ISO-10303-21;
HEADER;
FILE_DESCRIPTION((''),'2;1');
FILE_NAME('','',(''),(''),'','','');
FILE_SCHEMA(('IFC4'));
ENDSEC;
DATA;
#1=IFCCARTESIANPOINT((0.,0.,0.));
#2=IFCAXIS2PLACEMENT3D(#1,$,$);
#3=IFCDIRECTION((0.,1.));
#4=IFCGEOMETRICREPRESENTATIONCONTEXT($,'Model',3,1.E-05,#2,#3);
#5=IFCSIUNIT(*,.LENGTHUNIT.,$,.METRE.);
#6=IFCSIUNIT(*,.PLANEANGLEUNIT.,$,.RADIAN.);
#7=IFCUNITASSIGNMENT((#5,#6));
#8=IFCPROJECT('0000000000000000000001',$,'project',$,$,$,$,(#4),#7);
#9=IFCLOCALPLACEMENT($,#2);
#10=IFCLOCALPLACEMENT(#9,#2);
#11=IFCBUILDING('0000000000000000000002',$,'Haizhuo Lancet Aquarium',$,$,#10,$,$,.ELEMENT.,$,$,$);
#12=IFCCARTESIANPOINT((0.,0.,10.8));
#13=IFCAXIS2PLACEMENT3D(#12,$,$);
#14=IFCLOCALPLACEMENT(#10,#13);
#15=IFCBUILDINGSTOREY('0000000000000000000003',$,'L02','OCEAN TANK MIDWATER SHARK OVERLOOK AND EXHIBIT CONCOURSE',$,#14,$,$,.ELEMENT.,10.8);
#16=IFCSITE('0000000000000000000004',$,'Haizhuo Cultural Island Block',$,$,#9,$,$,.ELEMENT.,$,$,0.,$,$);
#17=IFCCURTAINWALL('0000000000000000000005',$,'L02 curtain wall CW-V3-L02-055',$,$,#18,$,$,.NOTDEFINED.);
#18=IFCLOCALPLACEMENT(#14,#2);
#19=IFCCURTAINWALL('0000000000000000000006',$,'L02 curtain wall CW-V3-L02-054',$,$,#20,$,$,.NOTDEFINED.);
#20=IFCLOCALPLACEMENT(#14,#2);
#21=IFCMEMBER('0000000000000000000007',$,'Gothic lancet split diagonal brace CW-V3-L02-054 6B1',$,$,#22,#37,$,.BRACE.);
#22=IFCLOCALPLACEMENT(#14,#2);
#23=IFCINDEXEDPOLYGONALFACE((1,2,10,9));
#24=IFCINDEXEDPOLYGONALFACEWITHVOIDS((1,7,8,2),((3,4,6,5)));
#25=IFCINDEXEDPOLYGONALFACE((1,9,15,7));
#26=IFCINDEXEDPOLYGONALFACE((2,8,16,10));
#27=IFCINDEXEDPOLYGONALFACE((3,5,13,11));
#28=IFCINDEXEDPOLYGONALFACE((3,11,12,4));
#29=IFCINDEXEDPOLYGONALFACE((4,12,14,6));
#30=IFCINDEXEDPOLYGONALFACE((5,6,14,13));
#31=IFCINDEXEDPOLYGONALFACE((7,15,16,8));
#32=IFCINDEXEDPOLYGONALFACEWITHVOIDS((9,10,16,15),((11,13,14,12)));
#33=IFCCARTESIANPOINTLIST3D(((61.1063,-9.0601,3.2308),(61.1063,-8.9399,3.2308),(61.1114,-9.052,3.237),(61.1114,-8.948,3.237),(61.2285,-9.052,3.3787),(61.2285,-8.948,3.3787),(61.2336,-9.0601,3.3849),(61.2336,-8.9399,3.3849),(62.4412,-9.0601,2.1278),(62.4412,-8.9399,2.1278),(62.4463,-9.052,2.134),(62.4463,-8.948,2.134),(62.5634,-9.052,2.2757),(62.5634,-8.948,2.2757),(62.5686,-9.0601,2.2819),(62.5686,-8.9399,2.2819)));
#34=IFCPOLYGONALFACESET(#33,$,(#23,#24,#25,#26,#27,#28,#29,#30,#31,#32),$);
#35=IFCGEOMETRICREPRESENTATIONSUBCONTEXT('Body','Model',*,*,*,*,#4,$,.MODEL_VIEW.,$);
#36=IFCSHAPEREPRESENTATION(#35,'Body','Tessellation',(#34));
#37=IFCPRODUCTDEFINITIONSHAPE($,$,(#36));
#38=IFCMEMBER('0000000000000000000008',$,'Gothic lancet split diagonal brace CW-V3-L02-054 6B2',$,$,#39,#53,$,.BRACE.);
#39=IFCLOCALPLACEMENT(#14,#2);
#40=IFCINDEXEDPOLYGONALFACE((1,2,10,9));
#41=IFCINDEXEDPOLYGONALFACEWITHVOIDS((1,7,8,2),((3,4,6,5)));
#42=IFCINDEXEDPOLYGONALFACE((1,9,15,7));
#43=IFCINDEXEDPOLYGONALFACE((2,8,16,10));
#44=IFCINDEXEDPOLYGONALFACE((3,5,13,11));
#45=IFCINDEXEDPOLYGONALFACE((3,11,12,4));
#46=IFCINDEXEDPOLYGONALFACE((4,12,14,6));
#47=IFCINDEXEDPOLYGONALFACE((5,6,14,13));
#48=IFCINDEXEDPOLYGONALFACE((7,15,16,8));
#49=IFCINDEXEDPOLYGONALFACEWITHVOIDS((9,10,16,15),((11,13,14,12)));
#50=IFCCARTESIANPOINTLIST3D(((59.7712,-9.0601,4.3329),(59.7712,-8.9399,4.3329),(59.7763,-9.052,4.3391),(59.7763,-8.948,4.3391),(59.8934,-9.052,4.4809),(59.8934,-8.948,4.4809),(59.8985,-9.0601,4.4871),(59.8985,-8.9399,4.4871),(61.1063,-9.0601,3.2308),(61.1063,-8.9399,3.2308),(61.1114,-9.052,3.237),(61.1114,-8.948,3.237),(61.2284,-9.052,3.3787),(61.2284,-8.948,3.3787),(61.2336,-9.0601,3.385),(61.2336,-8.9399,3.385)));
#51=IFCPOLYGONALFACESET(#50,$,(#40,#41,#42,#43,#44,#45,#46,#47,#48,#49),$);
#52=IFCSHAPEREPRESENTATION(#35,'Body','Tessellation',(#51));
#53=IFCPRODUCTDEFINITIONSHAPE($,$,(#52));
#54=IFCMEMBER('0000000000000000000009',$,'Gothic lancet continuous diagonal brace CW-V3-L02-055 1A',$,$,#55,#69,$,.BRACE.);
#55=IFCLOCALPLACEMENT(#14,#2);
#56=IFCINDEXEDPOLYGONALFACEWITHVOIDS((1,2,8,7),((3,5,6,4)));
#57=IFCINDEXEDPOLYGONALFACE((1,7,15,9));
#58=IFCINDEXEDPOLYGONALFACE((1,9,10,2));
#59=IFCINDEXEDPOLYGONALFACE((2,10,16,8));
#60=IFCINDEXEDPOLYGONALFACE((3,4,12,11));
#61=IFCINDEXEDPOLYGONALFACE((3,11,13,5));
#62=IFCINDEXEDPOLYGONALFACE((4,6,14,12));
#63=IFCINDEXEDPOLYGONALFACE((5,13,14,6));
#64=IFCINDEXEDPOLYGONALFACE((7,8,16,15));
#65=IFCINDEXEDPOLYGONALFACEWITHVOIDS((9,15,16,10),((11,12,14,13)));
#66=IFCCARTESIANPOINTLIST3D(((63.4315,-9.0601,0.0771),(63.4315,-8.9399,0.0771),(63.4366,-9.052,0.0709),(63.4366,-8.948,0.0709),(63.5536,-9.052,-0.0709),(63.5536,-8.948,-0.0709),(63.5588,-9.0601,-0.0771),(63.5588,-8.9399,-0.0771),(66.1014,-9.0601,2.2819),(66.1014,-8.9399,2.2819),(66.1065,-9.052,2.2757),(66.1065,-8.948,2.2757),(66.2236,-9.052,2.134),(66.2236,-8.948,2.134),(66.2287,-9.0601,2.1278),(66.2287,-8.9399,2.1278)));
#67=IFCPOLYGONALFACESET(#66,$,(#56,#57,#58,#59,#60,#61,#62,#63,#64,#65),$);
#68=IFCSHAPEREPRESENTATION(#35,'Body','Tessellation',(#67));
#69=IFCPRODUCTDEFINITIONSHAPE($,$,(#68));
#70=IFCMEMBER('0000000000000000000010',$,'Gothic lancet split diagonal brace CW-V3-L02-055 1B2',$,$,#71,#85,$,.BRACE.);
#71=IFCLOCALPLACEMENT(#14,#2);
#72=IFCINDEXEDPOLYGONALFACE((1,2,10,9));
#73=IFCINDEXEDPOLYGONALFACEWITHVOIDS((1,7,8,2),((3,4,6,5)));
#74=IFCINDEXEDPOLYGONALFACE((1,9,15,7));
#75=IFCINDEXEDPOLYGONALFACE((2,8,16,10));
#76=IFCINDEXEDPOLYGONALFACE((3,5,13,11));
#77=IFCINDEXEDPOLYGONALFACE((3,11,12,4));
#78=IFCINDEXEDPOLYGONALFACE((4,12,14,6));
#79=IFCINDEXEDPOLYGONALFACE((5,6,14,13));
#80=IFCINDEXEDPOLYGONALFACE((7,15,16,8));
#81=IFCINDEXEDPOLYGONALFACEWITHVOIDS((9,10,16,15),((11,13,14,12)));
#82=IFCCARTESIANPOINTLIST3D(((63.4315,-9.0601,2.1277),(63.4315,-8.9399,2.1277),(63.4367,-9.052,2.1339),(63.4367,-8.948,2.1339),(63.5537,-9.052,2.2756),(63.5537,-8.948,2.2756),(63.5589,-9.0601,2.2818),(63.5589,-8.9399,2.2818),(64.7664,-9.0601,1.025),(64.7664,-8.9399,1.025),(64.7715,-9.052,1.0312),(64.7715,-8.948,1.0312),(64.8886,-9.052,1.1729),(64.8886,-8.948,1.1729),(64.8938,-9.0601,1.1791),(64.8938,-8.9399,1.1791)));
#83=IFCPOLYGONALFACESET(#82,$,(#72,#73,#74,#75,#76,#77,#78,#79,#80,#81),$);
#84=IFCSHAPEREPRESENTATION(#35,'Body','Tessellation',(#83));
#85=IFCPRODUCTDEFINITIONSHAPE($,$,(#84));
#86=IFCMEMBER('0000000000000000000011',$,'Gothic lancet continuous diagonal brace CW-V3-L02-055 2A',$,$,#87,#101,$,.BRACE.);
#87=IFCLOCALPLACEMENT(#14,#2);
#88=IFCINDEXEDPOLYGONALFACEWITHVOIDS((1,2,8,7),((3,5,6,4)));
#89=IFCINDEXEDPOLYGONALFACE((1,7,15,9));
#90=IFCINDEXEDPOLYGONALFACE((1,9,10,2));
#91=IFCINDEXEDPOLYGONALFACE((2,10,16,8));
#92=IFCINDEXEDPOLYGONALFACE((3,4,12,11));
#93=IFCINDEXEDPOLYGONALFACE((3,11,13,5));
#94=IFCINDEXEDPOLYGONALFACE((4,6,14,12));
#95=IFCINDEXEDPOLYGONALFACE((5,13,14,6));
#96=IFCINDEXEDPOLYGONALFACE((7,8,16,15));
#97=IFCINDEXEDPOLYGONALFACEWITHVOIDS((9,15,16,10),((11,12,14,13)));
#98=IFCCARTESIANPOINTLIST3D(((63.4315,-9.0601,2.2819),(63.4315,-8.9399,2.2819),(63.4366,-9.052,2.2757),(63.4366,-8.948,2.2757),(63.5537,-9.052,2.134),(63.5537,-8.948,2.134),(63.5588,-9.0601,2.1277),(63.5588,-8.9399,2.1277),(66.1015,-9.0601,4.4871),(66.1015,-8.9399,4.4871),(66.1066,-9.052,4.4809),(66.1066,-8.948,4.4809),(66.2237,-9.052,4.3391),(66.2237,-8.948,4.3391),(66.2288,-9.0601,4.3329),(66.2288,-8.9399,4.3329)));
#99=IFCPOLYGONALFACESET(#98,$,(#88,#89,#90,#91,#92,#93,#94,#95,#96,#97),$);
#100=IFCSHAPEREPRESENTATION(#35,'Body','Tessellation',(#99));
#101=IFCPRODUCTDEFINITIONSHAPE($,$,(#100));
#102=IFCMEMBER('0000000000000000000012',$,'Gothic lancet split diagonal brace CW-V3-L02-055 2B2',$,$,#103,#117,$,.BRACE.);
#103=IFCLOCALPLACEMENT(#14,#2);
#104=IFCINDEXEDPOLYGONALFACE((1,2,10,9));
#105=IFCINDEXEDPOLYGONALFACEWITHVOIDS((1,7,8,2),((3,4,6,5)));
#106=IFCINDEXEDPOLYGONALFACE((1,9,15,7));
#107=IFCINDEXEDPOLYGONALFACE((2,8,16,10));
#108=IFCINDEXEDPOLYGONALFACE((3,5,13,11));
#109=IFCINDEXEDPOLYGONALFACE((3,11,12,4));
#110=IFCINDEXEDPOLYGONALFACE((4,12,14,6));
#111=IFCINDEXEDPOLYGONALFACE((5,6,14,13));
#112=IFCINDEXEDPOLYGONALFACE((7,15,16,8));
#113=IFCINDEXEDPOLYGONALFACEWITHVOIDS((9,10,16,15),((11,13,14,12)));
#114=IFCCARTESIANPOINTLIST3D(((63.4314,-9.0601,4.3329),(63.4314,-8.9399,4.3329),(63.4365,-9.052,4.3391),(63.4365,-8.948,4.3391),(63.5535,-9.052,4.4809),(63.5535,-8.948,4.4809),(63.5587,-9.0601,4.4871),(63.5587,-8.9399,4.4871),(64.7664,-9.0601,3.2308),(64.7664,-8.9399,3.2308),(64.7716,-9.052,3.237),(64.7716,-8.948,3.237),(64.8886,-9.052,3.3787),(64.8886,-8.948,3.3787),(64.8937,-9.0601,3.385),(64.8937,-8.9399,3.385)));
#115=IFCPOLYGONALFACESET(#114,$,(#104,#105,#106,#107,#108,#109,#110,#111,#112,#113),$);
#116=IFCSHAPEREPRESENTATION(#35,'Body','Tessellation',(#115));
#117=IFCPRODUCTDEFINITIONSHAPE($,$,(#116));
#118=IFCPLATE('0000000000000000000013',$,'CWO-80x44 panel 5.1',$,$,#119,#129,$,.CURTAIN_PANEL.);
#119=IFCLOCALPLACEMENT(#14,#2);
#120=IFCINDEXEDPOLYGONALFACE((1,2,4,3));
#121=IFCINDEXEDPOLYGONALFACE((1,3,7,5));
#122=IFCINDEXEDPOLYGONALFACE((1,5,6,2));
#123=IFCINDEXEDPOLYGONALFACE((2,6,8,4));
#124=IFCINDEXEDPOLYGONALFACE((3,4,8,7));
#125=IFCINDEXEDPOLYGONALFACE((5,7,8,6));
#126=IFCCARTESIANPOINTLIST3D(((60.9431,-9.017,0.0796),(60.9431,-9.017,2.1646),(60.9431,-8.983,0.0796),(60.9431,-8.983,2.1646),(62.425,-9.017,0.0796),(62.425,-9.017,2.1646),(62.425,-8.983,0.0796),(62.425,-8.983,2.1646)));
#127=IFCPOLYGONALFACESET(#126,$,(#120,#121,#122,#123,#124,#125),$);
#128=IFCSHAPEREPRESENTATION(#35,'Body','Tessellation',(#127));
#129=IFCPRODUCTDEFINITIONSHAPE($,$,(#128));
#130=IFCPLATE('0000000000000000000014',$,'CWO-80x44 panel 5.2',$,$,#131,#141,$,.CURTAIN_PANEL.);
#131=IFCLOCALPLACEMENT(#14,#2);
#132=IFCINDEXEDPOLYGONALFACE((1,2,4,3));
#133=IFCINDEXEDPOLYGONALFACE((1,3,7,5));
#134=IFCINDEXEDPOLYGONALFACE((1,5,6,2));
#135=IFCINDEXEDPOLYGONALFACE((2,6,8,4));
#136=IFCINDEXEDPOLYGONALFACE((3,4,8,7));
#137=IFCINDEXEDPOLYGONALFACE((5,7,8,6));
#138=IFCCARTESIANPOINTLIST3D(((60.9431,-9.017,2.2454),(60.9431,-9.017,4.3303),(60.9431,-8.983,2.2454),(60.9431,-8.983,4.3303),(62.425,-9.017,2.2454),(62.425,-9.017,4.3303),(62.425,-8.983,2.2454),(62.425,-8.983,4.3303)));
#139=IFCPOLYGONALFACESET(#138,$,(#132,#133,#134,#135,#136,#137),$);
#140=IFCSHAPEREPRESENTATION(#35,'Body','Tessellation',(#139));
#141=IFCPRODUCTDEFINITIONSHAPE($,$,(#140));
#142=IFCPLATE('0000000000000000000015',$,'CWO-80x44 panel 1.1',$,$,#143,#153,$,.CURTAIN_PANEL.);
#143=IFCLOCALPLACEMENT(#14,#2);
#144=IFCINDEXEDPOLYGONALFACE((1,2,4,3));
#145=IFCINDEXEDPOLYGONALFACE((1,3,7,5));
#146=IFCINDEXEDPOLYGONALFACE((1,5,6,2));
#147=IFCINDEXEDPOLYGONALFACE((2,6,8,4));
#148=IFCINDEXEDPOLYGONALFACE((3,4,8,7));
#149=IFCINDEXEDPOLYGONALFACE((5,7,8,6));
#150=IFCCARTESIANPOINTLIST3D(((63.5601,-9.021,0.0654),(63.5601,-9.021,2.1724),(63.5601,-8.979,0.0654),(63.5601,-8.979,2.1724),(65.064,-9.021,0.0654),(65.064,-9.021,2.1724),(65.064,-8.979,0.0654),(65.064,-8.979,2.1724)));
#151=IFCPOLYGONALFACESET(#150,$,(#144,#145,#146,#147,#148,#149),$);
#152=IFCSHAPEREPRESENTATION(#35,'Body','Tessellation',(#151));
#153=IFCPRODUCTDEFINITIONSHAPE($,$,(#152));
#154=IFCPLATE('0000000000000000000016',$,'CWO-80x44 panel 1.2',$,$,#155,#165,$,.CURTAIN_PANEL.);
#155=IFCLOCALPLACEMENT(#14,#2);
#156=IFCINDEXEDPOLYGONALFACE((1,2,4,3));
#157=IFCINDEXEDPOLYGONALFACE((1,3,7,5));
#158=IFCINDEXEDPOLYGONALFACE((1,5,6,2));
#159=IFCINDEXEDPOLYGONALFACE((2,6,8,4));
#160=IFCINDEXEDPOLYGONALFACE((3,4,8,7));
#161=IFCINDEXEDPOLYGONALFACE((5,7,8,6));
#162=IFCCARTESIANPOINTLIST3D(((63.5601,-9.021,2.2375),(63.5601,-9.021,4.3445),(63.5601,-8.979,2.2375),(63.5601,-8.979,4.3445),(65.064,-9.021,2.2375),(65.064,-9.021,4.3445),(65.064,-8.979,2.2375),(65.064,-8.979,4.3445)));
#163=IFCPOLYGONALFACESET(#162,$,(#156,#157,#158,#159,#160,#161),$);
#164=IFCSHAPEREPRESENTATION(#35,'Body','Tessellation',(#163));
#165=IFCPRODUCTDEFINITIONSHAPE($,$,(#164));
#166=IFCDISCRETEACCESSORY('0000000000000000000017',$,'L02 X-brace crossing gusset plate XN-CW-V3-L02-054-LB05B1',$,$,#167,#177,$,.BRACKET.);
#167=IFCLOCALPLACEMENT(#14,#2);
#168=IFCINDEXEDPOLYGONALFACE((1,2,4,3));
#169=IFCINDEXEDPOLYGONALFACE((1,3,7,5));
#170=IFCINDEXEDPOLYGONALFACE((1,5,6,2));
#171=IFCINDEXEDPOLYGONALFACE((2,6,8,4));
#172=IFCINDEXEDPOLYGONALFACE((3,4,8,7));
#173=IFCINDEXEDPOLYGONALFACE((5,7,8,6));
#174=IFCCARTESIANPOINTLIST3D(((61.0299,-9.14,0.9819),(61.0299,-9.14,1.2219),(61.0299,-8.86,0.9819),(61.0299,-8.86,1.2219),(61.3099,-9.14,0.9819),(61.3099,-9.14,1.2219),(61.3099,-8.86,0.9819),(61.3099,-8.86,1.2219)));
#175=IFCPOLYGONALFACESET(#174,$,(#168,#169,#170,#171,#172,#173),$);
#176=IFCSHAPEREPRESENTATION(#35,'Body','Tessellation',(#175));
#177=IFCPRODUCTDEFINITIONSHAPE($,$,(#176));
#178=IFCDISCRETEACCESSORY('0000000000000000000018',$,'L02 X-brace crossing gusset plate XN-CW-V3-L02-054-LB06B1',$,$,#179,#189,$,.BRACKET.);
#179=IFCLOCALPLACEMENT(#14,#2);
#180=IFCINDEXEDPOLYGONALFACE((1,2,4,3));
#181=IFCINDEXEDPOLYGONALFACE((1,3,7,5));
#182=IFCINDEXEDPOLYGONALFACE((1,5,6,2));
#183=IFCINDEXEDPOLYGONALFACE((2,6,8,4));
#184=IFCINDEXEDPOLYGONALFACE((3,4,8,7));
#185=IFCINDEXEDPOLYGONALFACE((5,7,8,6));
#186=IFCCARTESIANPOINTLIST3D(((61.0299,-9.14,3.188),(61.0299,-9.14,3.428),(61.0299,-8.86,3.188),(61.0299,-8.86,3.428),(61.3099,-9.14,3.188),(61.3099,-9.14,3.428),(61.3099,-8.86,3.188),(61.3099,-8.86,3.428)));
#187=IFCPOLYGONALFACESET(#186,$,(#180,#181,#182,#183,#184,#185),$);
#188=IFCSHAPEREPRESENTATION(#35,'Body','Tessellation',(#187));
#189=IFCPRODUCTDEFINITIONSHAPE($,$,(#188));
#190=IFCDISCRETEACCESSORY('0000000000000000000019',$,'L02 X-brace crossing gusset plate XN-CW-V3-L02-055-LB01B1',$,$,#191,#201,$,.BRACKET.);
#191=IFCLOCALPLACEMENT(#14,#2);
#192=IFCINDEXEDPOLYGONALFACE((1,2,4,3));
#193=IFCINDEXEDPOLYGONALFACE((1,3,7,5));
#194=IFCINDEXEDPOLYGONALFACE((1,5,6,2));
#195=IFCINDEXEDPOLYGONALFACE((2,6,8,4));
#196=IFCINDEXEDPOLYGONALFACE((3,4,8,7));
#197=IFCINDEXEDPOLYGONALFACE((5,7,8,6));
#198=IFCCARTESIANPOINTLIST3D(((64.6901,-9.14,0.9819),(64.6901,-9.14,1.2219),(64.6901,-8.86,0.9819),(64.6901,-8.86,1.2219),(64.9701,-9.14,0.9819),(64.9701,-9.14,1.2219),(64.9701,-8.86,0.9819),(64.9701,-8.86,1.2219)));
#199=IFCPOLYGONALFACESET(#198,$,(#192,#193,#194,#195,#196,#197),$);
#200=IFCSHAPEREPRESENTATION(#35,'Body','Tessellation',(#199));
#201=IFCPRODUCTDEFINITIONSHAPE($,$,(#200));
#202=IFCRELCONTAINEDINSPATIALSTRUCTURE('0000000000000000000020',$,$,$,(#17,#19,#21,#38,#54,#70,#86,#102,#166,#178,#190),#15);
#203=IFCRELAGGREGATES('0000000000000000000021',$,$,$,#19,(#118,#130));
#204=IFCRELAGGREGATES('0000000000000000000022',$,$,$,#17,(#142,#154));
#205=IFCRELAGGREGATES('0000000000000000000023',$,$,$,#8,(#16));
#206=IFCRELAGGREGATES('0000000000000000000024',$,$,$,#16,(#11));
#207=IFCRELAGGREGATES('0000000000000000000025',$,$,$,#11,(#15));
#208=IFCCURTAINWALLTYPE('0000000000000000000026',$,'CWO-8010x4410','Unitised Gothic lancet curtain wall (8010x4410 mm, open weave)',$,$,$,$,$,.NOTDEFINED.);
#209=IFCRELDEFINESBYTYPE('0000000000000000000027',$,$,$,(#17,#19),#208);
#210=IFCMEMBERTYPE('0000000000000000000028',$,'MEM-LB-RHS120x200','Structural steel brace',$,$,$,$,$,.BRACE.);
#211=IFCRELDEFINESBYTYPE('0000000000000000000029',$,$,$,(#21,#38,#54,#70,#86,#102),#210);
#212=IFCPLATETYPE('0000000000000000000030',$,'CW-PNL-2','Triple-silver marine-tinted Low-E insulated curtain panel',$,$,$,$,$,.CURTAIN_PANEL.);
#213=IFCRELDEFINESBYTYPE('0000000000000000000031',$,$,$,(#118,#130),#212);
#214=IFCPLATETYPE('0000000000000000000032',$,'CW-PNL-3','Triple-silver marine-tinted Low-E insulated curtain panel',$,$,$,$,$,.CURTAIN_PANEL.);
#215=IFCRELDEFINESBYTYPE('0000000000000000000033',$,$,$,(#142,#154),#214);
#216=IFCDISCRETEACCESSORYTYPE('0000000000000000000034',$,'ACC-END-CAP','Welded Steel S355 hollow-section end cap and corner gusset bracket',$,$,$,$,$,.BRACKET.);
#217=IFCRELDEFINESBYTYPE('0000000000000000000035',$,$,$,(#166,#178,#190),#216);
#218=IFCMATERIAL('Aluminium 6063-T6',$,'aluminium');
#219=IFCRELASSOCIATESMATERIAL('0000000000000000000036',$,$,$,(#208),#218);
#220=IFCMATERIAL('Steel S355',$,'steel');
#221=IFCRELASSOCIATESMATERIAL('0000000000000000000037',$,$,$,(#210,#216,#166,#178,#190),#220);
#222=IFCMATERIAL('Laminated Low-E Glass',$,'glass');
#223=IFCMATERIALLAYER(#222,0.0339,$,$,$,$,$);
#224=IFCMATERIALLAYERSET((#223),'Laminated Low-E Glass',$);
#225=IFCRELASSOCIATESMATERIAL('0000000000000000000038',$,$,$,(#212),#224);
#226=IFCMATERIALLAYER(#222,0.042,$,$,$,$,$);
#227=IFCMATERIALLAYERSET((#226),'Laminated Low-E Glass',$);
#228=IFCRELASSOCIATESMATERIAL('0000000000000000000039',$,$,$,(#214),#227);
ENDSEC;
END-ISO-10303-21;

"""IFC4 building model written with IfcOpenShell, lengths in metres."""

from ifc_helpers import new_model, si_unit, direction, frame, origin, origin_2d, place, context, subcontext, project, spatial, rectangle, hollow_rectangle, extrude, material, layer, layer_set, material_profile, profile_set, type_object, element, aggregate, save


model = new_model("IFC4")

# Units and contexts
model_context = context("Model", 3, precision=1e-05, world=origin(), true_north=direction((0.0, 1.0)))
body_context = subcontext(model_context, "Body", "Model", "MODEL_VIEW")
ifc_project = project(units=[si_unit("LENGTHUNIT", "METRE"), si_unit("PLANEANGLEUNIT", "RADIAN")], contexts=[model_context])

# Site, building, storey
site_placement = place(None, origin())
site = spatial("IfcSite", under=ifc_project, at=site_placement, Name="Haizhuo Cultural Island Block", CompositionType="ELEMENT", RefElevation=0.0)
building_placement = place(site_placement, origin())
building = spatial("IfcBuilding", under=site, at=building_placement, Name="Haizhuo Lancet Aquarium", CompositionType="ELEMENT")
storey_placement = place(building_placement, frame((0.0, 0.0, 10.8)))
storey = spatial("IfcBuildingStorey", under=building, at=storey_placement, Name="L02", Description="OCEAN TANK MIDWATER SHARK OVERLOOK AND EXHIBIT CONCOURSE", CompositionType="ELEMENT", Elevation=10.8)

# Curtain wall
ifc_material_1 = material(Name="Aluminium 6063-T6", Category="aluminium")
curtain_wall_type = type_object("IfcCurtainWallType", Name="CWO-8010x4410", Description="Unitised Gothic lancet curtain wall (8010x4410 mm, open weave)", PredefinedType="NOTDEFINED", material=ifc_material_1)
curtain_wall_1_placement = place(storey_placement, origin())
curtain_wall_1 = element("IfcCurtainWall", 1, at=curtain_wall_1_placement, inside=storey, type_object=curtain_wall_type, Name="L02 curtain wall CW-V3-L02-055", PredefinedType="NOTDEFINED")

# Curtain wall
curtain_wall_2_placement = place(storey_placement, origin())
curtain_wall_2 = element("IfcCurtainWall", 2, at=curtain_wall_2_placement, inside=storey, type_object=curtain_wall_type, Name="L02 curtain wall CW-V3-L02-054", PredefinedType="NOTDEFINED")

# Members
ifc_material_2 = material(Name="Steel S355", Category="steel")
ifc_material_profile_1 = material_profile(ifc_material_2, hollow_rectangle(XDim=0.1201, YDim=0.2, WallThickness=0.0081, at=origin_2d()), Name="RHS 120x200x8")
ifc_profile_set_1 = profile_set([ifc_material_profile_1], Name="Steel S355")
member_type_1 = type_object("IfcMemberType", Name="MEM-LB-RHS120x200", Description="Structural steel brace", PredefinedType="BRACE", material=ifc_profile_set_1)
member_1_placement = place(storey_placement, frame((62.5049, -9.0, 2.2048), z_axis=(-0.770896, 0.0, 0.636962), x_axis=(0.0, -1.0, 0.0)))
element("IfcMember", 3, at=member_1_placement, inside=storey, type_object=member_type_1, Name="Gothic lancet split diagonal brace CW-V3-L02-054 6B1", PredefinedType="BRACE", context=body_context, shape_type="SweptSolid", body=[
    extrude(hollow_rectangle(XDim=0.1201, YDim=0.2, WallThickness=0.0081, at=origin_2d()), origin(), (0.0, 0.0, 1.0), 1.7317),
])
member_2_placement = place(storey_placement, frame((61.1699, -9.0, 3.3079), z_axis=(-0.771172, 0.0, 0.636626), x_axis=(0.0, -1.0, 0.0)))
element("IfcMember", 4, at=member_2_placement, inside=storey, type_object=member_type_1, Name="Gothic lancet split diagonal brace CW-V3-L02-054 6B2", PredefinedType="BRACE", context=body_context, shape_type="SweptSolid", body=[
    extrude(hollow_rectangle(XDim=0.1201, YDim=0.2, WallThickness=0.0081, at=origin_2d()), origin(), (0.0, 0.0, 1.0), 1.7312),
])
member_3_placement = place(storey_placement, frame((63.4951, -9.0, 0.0), z_axis=(0.771069, 0.0, 0.636752), x_axis=(0.0, 1.0, 0.0)))
element("IfcMember", 5, at=member_3_placement, inside=storey, type_object=member_type_1, Name="Gothic lancet continuous diagonal brace CW-V3-L02-055 1A", PredefinedType="BRACE", context=body_context, shape_type="SweptSolid", body=[
    extrude(hollow_rectangle(XDim=0.1201, YDim=0.2, WallThickness=0.0081, at=origin_2d()), origin(), (0.0, 0.0, 1.0), 3.4626),
])
member_4_placement = place(storey_placement, frame((64.8301, -9.0, 1.1021), z_axis=(-0.770965, 0.0, 0.636878), x_axis=(0.0, -1.0, 0.0)))
element("IfcMember", 6, at=member_4_placement, inside=storey, type_object=member_type_1, Name="Gothic lancet split diagonal brace CW-V3-L02-055 1B2", PredefinedType="BRACE", context=body_context, shape_type="SweptSolid", body=[
    extrude(hollow_rectangle(XDim=0.1201, YDim=0.2, WallThickness=0.0081, at=origin_2d()), origin(), (0.0, 0.0, 1.0), 1.7314),
])
member_5_placement = place(storey_placement, frame((63.4951, -9.0, 2.2048), z_axis=(0.771034, 0.0, 0.636794), x_axis=(0.0, 1.0, 0.0)))
element("IfcMember", 7, at=member_5_placement, inside=storey, type_object=member_type_1, Name="Gothic lancet continuous diagonal brace CW-V3-L02-055 2A", PredefinedType="BRACE", context=body_context, shape_type="SweptSolid", body=[
    extrude(hollow_rectangle(XDim=0.1201, YDim=0.2, WallThickness=0.0081, at=origin_2d()), origin(), (0.0, 0.0, 1.0), 3.4629),
])
member_6_placement = place(storey_placement, frame((64.8301, -9.0, 3.3079), z_axis=(-0.771172, 0.0, 0.636626), x_axis=(0.0, -1.0, 0.0)))
element("IfcMember", 8, at=member_6_placement, inside=storey, type_object=member_type_1, Name="Gothic lancet split diagonal brace CW-V3-L02-055 2B2", PredefinedType="BRACE", context=body_context, shape_type="SweptSolid", body=[
    extrude(hollow_rectangle(XDim=0.1201, YDim=0.2, WallThickness=0.0081, at=origin_2d()), origin(), (0.0, 0.0, 1.0), 1.7312),
])

# Plates
ifc_material_3 = material(Name="Laminated Low-E Glass", Category="glass")
ifc_layer_1 = layer(ifc_material_3, 0.0339)
ifc_layer_set_1 = layer_set([ifc_layer_1], Name="Laminated Low-E Glass")
plate_type_1 = type_object("IfcPlateType", Name="CW-PNL-2", Description="Triple-silver marine-tinted Low-E insulated curtain panel", PredefinedType="CURTAIN_PANEL", material=ifc_layer_set_1)
plate_1_placement = place(storey_placement, frame((61.6841, -9.0, 0.0796), z_axis=(0.0, 0.0, 1.0), x_axis=(1.0, 0.0, 0.0)))
plate_1 = element("IfcPlate", 9, at=plate_1_placement, type_object=plate_type_1, Name="CWO-80x44 panel 5.1", PredefinedType="CURTAIN_PANEL", context=body_context, shape_type="SweptSolid", body=[
    extrude(rectangle(XDim=1.4819, YDim=0.0339, at=origin_2d()), origin(), (0.0, 0.0, 1.0), 2.085),
])
plate_2_placement = place(storey_placement, frame((61.6841, -9.0, 2.2454), z_axis=(0.0, 0.0, 1.0), x_axis=(1.0, 0.0, 0.0)))
plate_2 = element("IfcPlate", 10, at=plate_2_placement, type_object=plate_type_1, Name="CWO-80x44 panel 5.2", PredefinedType="CURTAIN_PANEL", context=body_context, shape_type="SweptSolid", body=[
    extrude(rectangle(XDim=1.4819, YDim=0.0339, at=origin_2d()), origin(), (0.0, 0.0, 1.0), 2.085),
])
aggregate(curtain_wall_2, [plate_1, plate_2])
ifc_layer_2 = layer(ifc_material_3, 0.042)
ifc_layer_set_2 = layer_set([ifc_layer_2], Name="Laminated Low-E Glass")
plate_type_2 = type_object("IfcPlateType", Name="CW-PNL-3", Description="Triple-silver marine-tinted Low-E insulated curtain panel", PredefinedType="CURTAIN_PANEL", material=ifc_layer_set_2)
plate_3_placement = place(storey_placement, frame((64.312, -9.0, 0.0654), z_axis=(0.0, 0.0, 1.0), x_axis=(1.0, 0.0, 0.0)))
plate_3 = element("IfcPlate", 11, at=plate_3_placement, type_object=plate_type_2, Name="CWO-80x44 panel 1.1", PredefinedType="CURTAIN_PANEL", context=body_context, shape_type="SweptSolid", body=[
    extrude(rectangle(XDim=1.5039, YDim=0.042, at=origin_2d()), origin(), (0.0, 0.0, 1.0), 2.1069),
])
plate_4_placement = place(storey_placement, frame((64.312, -9.0, 2.2375), z_axis=(0.0, 0.0, 1.0), x_axis=(1.0, 0.0, 0.0)))
plate_4 = element("IfcPlate", 12, at=plate_4_placement, type_object=plate_type_2, Name="CWO-80x44 panel 1.2", PredefinedType="CURTAIN_PANEL", context=body_context, shape_type="SweptSolid", body=[
    extrude(rectangle(XDim=1.5039, YDim=0.042, at=origin_2d()), origin(), (0.0, 0.0, 1.0), 2.1069),
])
aggregate(curtain_wall_1, [plate_3, plate_4])

# Discrete accessories
discrete_accessory_type = type_object("IfcDiscreteAccessoryType", Name="ACC-END-CAP", Description="Welded Steel S355 hollow-section end cap and corner gusset bracket", PredefinedType="BRACKET", material=ifc_material_2)
for number, where, z_axis, x_axis, name in (
    (13, (61.1699, -9.0, 0.9819), (0.0, 0.0, 1.0), (1.0, 0.0, 0.0), "L02 X-brace crossing gusset plate XN-CW-V3-L02-054-LB05B1"),
    (14, (61.1699, -9.0, 3.188), (0.0, 0.0, 1.0), (1.0, 0.0, 0.0), "L02 X-brace crossing gusset plate XN-CW-V3-L02-054-LB06B1"),
    (15, (64.8301, -9.0, 0.9819), (0.0, 0.0, 1.0), (1.0, 0.0, 0.0), "L02 X-brace crossing gusset plate XN-CW-V3-L02-055-LB01B1"),
):
    element("IfcDiscreteAccessory", number, at=place(storey_placement, frame(where, z_axis=z_axis, x_axis=x_axis)), inside=storey, type_object=discrete_accessory_type, material=ifc_material_2, Name=name, PredefinedType="BRACKET", context=body_context, shape_type="SweptSolid", body=[
        extrude(rectangle(XDim=0.28, YDim=0.28, at=origin_2d()), origin(), (0.0, 0.0, 1.0), 0.24),
    ])

save(model, "model.ifc")
